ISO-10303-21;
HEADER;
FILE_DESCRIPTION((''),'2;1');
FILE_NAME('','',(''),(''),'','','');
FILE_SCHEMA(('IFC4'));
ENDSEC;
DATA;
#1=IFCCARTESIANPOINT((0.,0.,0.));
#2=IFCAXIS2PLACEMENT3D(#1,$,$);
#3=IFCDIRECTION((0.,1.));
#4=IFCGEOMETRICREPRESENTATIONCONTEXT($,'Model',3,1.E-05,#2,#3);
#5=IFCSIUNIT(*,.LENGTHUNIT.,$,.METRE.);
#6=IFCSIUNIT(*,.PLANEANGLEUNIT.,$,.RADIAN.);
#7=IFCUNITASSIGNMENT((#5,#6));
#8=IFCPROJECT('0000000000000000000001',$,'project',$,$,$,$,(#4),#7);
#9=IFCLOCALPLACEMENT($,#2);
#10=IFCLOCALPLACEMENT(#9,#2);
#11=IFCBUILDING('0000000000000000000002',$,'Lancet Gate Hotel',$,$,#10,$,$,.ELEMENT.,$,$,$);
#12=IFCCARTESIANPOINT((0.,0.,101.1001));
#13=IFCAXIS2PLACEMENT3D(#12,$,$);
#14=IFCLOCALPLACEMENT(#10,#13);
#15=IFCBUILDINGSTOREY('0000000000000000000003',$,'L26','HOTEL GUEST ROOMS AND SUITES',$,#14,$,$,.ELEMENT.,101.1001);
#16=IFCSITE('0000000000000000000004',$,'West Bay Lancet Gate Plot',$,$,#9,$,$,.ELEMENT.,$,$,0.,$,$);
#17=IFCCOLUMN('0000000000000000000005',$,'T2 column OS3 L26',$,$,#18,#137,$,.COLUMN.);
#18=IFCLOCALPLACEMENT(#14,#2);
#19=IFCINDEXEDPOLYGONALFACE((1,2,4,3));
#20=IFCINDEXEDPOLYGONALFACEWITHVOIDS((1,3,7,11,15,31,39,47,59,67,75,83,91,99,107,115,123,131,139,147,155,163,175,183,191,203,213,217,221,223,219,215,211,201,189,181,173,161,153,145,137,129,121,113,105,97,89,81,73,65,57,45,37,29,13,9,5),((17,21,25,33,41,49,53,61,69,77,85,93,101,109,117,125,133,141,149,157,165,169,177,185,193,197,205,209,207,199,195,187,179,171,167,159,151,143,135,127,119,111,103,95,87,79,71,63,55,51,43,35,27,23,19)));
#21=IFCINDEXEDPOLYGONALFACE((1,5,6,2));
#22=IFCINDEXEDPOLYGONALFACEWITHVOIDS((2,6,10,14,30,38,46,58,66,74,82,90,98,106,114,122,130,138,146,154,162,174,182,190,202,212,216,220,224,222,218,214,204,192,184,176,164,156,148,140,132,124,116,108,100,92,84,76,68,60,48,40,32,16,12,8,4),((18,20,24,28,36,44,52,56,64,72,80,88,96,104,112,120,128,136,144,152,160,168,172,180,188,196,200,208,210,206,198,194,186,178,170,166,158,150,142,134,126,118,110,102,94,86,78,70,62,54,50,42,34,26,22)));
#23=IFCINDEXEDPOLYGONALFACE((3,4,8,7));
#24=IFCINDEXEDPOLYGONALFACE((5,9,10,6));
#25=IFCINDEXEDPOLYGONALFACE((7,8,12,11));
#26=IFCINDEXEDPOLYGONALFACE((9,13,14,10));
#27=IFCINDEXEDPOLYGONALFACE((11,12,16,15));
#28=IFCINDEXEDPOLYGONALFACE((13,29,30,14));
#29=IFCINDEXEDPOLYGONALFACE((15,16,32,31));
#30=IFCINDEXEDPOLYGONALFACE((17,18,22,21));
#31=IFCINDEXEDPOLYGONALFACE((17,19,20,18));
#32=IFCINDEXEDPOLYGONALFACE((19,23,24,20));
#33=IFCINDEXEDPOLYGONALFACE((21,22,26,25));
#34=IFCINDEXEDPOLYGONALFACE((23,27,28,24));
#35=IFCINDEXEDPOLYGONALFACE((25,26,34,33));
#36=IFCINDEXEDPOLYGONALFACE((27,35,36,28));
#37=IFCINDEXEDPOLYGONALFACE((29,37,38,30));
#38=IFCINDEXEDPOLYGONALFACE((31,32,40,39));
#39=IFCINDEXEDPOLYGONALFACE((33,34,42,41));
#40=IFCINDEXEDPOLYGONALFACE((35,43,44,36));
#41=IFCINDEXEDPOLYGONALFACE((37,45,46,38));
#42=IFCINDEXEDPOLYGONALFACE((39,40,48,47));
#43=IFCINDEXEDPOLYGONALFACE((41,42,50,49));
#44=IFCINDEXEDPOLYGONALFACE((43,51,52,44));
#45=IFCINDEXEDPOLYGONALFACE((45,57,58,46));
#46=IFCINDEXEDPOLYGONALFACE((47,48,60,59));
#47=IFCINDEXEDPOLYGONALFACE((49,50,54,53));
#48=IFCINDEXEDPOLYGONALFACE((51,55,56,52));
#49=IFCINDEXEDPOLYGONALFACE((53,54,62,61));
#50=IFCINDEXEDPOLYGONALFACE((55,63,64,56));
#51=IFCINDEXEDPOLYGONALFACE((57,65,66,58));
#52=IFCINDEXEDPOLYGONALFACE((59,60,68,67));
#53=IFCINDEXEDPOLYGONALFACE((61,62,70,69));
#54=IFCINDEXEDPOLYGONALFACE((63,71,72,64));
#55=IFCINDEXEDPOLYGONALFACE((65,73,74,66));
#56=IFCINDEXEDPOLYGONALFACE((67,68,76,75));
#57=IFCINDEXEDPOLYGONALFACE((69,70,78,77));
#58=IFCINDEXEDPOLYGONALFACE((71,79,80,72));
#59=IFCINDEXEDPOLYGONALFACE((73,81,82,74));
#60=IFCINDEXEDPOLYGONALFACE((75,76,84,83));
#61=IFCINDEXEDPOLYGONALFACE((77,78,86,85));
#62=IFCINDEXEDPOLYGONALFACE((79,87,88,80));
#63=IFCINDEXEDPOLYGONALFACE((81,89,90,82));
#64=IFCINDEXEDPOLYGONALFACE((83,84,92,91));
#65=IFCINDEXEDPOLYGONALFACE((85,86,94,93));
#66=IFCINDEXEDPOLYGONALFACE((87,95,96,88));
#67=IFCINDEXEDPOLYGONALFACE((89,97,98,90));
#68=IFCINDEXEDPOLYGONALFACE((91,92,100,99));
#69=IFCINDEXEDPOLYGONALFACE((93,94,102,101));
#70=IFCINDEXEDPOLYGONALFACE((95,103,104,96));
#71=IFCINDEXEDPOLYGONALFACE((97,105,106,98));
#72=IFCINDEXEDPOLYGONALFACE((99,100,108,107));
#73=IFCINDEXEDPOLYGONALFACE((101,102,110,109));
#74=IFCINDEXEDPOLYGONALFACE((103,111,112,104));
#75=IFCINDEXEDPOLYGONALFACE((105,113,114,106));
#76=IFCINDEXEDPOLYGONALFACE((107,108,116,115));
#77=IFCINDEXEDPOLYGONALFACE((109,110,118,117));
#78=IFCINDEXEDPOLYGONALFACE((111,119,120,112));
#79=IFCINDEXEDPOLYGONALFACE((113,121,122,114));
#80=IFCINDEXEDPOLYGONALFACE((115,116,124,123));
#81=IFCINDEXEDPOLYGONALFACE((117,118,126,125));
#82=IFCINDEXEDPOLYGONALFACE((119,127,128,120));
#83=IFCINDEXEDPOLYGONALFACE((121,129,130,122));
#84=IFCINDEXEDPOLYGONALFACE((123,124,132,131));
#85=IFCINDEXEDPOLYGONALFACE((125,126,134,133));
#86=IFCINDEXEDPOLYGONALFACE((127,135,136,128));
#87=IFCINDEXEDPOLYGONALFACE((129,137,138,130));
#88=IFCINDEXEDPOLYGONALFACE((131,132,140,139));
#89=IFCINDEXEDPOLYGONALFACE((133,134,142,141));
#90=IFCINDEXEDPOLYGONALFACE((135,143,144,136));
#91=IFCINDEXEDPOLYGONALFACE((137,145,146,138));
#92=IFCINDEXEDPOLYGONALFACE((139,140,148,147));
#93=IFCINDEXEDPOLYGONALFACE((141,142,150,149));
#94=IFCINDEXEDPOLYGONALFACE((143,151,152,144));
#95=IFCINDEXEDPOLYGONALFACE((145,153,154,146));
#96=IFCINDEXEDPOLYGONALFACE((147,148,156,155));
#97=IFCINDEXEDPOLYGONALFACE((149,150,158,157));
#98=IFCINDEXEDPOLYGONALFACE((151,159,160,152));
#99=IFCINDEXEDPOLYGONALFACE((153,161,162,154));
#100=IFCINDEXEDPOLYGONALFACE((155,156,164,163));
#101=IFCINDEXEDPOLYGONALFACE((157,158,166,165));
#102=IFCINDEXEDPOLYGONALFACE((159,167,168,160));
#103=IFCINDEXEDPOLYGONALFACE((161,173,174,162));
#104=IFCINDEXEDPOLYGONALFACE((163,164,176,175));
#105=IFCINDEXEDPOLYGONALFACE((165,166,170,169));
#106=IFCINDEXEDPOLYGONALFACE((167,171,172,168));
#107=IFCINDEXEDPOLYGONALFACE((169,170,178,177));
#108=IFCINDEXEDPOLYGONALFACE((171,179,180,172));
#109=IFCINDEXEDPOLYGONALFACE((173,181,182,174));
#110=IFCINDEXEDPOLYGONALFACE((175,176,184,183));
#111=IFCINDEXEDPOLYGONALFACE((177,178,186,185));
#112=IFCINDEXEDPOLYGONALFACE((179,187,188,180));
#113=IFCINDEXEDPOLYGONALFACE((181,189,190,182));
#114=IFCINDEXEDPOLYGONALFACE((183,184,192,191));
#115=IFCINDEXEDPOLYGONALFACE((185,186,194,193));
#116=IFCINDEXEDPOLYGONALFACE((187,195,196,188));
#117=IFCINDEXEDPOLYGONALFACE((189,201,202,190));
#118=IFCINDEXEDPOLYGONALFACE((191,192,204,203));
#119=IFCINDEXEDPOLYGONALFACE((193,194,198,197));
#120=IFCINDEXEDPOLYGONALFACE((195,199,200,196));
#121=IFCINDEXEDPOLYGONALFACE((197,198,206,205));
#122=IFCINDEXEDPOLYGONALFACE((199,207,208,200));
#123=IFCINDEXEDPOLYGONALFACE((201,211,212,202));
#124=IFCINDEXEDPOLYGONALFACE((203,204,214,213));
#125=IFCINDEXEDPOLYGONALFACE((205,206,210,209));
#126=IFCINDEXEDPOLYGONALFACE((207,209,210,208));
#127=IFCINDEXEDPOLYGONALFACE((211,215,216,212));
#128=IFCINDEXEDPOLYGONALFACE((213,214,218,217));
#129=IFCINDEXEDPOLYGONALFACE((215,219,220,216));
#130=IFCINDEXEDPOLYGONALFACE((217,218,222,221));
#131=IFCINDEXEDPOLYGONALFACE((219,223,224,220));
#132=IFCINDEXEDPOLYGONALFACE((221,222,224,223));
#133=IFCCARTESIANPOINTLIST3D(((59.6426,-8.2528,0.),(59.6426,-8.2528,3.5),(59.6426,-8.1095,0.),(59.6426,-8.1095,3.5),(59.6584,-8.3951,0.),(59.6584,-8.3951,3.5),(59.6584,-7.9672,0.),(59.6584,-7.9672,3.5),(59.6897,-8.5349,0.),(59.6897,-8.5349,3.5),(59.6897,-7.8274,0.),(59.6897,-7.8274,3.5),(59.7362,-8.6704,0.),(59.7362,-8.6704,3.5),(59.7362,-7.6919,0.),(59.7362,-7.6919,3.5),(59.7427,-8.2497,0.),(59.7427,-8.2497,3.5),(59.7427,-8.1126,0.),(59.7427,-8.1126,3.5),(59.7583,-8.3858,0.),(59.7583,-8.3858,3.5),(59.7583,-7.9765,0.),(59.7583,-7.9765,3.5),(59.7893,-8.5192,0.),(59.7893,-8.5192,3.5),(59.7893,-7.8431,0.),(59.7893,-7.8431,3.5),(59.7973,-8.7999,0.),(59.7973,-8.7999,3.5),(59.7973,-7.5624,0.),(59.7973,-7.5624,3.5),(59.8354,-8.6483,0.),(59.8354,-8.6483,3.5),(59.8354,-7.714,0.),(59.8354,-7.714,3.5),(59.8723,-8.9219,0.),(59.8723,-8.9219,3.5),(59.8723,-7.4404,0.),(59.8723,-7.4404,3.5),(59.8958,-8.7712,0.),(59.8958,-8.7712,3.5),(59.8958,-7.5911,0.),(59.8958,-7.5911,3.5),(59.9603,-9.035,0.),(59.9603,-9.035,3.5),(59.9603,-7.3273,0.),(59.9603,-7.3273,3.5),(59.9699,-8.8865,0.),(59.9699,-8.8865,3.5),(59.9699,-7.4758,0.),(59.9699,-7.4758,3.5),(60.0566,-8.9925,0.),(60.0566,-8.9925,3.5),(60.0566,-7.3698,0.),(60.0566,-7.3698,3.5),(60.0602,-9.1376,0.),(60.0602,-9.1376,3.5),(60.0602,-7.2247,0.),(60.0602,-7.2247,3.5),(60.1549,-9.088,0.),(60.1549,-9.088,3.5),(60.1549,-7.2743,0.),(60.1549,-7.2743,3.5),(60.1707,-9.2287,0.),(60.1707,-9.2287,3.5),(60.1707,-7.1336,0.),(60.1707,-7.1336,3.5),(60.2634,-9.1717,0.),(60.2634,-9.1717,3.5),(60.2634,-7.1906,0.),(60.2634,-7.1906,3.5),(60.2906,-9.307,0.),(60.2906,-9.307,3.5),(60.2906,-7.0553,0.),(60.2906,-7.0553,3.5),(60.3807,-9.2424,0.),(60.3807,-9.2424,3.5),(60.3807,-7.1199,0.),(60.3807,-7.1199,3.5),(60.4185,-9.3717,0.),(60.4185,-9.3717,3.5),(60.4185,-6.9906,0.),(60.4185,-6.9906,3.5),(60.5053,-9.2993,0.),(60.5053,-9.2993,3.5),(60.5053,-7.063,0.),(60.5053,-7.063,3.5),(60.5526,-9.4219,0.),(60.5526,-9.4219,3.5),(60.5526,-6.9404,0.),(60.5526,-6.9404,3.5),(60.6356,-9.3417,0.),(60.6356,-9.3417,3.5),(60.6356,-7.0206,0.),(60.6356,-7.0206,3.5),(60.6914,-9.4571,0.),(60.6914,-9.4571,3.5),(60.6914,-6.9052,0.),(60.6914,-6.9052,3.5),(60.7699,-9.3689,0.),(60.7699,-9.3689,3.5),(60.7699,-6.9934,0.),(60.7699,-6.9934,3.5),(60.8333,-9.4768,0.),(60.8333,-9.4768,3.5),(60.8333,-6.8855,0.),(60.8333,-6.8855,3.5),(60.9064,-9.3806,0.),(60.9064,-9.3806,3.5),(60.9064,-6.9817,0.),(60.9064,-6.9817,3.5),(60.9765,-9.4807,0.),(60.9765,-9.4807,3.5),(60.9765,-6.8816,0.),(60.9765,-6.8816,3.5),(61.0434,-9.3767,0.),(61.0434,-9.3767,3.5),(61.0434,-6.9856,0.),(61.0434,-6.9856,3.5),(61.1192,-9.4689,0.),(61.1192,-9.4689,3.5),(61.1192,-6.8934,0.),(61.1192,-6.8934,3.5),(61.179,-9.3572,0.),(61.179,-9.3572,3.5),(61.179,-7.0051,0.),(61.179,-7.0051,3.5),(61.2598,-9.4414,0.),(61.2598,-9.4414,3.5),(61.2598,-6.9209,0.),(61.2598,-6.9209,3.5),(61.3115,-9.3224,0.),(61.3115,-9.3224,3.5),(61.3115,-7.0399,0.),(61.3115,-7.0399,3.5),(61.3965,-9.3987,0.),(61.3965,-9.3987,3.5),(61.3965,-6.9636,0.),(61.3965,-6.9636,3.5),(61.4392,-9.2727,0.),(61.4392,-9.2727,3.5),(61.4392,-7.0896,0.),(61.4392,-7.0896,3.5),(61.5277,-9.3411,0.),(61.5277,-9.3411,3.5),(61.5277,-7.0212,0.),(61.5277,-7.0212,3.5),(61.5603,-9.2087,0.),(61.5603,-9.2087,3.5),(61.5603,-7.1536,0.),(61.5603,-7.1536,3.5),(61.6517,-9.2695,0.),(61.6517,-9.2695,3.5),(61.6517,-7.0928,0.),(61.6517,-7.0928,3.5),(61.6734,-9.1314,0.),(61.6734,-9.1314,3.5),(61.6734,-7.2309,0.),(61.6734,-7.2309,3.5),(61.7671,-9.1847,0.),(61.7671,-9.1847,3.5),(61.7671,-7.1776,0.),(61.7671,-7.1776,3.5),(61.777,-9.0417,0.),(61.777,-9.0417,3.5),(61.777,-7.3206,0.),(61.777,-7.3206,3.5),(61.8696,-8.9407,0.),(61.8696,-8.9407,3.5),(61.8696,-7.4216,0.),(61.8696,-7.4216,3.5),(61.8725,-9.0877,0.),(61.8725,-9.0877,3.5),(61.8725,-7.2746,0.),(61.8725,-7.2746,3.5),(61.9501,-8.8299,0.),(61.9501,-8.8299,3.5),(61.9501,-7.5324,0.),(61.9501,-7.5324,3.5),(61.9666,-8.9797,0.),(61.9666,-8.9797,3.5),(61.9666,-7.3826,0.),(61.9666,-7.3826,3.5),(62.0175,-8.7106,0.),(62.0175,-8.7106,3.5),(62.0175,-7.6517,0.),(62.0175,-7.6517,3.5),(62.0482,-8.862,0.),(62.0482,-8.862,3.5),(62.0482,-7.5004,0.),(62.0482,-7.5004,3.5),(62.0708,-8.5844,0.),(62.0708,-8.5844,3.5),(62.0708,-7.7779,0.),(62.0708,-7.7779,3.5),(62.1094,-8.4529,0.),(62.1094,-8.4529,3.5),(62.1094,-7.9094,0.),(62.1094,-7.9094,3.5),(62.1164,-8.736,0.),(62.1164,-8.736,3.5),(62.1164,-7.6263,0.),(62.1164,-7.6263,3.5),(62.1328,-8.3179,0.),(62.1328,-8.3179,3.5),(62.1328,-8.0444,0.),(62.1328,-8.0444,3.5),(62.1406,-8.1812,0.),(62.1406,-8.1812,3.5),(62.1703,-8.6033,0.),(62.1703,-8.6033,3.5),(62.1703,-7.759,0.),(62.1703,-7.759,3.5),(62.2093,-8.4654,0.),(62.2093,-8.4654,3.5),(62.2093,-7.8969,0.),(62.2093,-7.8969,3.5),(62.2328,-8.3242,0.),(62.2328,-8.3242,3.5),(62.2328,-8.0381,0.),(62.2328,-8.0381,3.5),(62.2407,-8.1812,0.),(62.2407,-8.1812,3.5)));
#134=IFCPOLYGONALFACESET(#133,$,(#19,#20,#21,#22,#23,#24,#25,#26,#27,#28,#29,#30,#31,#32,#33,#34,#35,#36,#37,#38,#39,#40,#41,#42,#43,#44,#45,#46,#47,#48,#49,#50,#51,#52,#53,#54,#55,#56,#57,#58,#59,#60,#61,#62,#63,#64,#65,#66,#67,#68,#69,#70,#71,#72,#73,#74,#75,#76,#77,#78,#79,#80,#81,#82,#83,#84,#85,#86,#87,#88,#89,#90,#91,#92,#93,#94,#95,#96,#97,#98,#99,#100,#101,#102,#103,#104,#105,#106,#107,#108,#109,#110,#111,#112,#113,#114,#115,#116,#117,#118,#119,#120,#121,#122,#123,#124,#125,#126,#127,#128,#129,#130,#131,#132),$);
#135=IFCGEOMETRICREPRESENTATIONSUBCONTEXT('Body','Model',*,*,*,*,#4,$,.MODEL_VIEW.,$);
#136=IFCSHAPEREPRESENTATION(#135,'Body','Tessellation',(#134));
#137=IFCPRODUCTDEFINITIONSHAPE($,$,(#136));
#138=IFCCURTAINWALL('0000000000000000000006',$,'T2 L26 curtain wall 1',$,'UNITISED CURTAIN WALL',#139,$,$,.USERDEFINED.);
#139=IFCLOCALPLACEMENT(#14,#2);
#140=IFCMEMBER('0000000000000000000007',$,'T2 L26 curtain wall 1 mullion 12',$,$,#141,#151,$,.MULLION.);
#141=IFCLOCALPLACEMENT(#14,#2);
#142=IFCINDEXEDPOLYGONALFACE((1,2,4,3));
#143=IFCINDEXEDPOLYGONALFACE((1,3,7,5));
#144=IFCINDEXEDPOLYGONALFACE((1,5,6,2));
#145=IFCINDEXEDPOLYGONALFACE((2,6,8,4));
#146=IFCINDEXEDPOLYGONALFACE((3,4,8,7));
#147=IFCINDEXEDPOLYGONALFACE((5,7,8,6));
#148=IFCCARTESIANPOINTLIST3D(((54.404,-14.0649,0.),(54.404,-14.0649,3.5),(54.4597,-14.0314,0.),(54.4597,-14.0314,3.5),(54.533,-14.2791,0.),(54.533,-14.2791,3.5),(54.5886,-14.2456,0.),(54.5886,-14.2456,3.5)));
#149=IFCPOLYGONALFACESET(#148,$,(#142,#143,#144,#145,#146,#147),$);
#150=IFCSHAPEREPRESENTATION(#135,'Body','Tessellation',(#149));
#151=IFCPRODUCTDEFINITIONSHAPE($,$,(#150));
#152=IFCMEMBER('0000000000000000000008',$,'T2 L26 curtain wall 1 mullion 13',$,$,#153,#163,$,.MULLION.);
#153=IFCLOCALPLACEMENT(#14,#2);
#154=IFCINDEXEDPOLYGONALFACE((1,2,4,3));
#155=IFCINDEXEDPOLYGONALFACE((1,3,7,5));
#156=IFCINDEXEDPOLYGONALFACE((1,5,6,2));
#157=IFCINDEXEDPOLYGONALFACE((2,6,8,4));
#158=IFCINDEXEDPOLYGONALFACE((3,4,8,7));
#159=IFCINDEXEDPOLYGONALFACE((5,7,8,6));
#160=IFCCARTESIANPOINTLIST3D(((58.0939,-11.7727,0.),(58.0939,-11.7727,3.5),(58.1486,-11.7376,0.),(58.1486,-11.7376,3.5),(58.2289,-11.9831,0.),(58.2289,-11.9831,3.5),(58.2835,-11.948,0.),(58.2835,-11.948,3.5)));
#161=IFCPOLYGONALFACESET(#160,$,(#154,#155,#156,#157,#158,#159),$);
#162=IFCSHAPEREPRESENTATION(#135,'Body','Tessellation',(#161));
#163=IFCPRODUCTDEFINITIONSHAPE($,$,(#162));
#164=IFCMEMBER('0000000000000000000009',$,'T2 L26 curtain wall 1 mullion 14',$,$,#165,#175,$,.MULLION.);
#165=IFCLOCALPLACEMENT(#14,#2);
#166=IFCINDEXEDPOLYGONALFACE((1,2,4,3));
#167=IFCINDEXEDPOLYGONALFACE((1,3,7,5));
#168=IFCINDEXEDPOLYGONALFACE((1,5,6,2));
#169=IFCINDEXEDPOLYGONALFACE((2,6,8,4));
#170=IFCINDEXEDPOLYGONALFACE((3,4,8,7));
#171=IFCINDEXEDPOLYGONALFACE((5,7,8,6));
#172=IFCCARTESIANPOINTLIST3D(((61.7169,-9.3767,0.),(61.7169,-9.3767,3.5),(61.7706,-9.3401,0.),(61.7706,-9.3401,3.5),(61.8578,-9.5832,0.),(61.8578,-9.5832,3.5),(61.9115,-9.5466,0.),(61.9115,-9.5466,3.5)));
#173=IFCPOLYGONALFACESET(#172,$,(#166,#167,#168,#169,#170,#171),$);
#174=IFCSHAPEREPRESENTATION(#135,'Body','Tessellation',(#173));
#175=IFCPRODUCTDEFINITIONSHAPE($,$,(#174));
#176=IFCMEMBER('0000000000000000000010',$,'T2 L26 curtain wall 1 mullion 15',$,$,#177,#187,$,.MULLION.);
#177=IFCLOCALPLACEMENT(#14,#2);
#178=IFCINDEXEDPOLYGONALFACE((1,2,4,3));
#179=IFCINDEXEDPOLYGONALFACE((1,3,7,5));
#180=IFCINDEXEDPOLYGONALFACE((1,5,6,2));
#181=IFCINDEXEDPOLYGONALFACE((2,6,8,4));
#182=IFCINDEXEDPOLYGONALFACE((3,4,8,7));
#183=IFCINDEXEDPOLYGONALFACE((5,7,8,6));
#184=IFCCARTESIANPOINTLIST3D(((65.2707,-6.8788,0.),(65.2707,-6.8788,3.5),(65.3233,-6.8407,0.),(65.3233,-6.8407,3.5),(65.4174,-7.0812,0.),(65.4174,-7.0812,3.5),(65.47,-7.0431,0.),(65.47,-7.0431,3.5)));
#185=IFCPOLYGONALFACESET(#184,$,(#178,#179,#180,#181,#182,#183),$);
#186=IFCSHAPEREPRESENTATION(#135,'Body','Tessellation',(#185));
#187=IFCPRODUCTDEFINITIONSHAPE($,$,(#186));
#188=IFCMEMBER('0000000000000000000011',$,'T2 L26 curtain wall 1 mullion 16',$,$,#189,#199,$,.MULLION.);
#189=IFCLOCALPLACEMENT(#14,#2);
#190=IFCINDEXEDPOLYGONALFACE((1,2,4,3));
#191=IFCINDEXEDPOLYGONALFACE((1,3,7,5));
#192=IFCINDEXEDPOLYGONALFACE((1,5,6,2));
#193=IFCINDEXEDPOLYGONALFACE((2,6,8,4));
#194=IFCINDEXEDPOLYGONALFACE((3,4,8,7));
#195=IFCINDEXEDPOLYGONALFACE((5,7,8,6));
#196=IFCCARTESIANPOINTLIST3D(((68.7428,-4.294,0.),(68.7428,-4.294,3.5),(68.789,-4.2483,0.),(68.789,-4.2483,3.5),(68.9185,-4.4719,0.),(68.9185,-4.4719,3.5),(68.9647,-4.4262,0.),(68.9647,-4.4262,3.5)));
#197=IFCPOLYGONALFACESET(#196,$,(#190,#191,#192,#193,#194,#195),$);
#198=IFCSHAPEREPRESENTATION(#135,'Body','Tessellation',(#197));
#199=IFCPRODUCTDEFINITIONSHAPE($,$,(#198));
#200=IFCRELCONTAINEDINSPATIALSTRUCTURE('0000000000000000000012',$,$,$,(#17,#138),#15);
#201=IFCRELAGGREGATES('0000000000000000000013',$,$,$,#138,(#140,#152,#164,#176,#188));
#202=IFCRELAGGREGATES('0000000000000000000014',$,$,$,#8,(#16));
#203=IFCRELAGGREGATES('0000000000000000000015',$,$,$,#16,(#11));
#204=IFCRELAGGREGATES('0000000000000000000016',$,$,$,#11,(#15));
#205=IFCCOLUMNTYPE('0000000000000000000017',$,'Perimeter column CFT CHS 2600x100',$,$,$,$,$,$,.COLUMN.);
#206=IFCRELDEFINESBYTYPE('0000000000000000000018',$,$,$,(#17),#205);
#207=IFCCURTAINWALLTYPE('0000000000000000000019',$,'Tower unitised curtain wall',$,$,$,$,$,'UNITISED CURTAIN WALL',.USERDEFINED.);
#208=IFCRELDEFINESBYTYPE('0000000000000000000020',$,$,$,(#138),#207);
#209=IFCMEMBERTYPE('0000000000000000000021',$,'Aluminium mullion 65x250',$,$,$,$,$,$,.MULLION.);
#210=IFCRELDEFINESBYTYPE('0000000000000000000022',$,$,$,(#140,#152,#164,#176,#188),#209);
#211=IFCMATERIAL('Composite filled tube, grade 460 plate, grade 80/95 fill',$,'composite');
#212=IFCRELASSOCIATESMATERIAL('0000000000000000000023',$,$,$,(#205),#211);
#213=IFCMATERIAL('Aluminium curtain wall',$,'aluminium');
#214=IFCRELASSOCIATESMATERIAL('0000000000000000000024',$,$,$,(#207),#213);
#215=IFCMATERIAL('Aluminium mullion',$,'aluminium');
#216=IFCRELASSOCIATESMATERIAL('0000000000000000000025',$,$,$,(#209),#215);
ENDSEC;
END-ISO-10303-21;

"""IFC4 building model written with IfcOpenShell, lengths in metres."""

from ifc_helpers import new_model, si_unit, direction, frame, origin, origin_2d, place, context, subcontext, project, spatial, rectangle, hollow_circle, extrude, material, material_profile, profile_set, type_object, element, aggregate, save


model = new_model("IFC4")

# Units and contexts
model_context = context("Model", 3, precision=1e-05, world=origin(), true_north=direction((0.0, 1.0)))
body_context = subcontext(model_context, "Body", "Model", "MODEL_VIEW")
ifc_project = project(units=[si_unit("LENGTHUNIT", "METRE"), si_unit("PLANEANGLEUNIT", "RADIAN")], contexts=[model_context])

# Site, building, storey
site_placement = place(None, origin())
site = spatial("IfcSite", under=ifc_project, at=site_placement, Name="West Bay Lancet Gate Plot", CompositionType="ELEMENT", RefElevation=0.0)
building_placement = place(site_placement, origin())
building = spatial("IfcBuilding", under=site, at=building_placement, Name="Lancet Gate Hotel", CompositionType="ELEMENT")
storey_placement = place(building_placement, frame((0.0, 0.0, 101.1001)))
storey = spatial("IfcBuildingStorey", under=building, at=storey_placement, Name="L26", Description="HOTEL GUEST ROOMS AND SUITES", CompositionType="ELEMENT", Elevation=101.1001)

# Column
ifc_material_1 = material(Name="Composite filled tube, grade 460 plate, grade 80/95 fill", Category="composite")
ifc_material_profile_1 = material_profile(ifc_material_1, hollow_circle(Radius=1.3, WallThickness=0.1001, at=origin_2d()), Name="CHS 2600x100")
ifc_profile_set_1 = profile_set([ifc_material_profile_1], Name="Composite filled tube, grade 460 plate, grade 80/95 fill")
column_type = type_object("IfcColumnType", Name="Perimeter column CFT CHS 2600x100", PredefinedType="COLUMN", material=ifc_profile_set_1)
column_placement = place(storey_placement, frame((60.9407, -8.1812, 0.0), z_axis=(0.0, 0.0, 1.0), x_axis=(1.0, 0.0, 0.0)))
element("IfcColumn", 1, at=column_placement, inside=storey, type_object=column_type, Name="T2 column OS3 L26", PredefinedType="COLUMN", context=body_context, shape_type="SweptSolid", body=[
    extrude(hollow_circle(Radius=1.3, WallThickness=0.1001, at=origin_2d()), origin(), (0.0, 0.0, 1.0), 3.5),
])

# Curtain wall, members
ifc_material_2 = material(Name="Aluminium curtain wall", Category="aluminium")
curtain_wall_type = type_object("IfcCurtainWallType", Name="Tower unitised curtain wall", ElementType="UNITISED CURTAIN WALL", PredefinedType="USERDEFINED", material=ifc_material_2)
curtain_wall_placement = place(storey_placement, origin())
curtain_wall = element("IfcCurtainWall", 2, at=curtain_wall_placement, inside=storey, type_object=curtain_wall_type, Name="T2 L26 curtain wall 1", ObjectType="UNITISED CURTAIN WALL", PredefinedType="USERDEFINED")
ifc_material_3 = material(Name="Aluminium mullion", Category="aluminium")
ifc_material_profile_2 = material_profile(ifc_material_3, rectangle(XDim=0.0649, YDim=0.25, at=origin_2d()), Name="MULLION 65x250")
ifc_profile_set_2 = profile_set([ifc_material_profile_2], Name="Aluminium mullion")
member_type_1 = type_object("IfcMemberType", Name="Aluminium mullion 65x250", PredefinedType="MULLION", material=ifc_profile_set_2)
member_1_placement = place(storey_placement, frame((54.4963, -14.1553, 0.0), z_axis=(0.0, 0.0, 1.0), x_axis=(0.856728, 0.515768, 0.0)))
member_1 = element("IfcMember", 3, at=member_1_placement, type_object=member_type_1, Name="T2 L26 curtain wall 1 mullion 12", PredefinedType="MULLION", context=body_context, shape_type="SweptSolid", body=[
    extrude(rectangle(XDim=0.0649, YDim=0.25, at=origin_2d()), origin(), (0.0, 0.0, 1.0), 3.5),
])
member_2_placement = place(storey_placement, frame((58.1887, -11.8604, 0.0), z_axis=(0.0, 0.0, 1.0), x_axis=(0.841736, 0.539889, 0.0)))
member_2 = element("IfcMember", 4, at=member_2_placement, type_object=member_type_1, Name="T2 L26 curtain wall 1 mullion 13", PredefinedType="MULLION", context=body_context, shape_type="SweptSolid", body=[
    extrude(rectangle(XDim=0.0649, YDim=0.25, at=origin_2d()), origin(), (0.0, 0.0, 1.0), 3.5),
])
member_3_placement = place(storey_placement, frame((61.8142, -9.4617, 0.0), z_axis=(0.0, 0.0, 1.0), x_axis=(0.826066, 0.563574, 0.0)))
member_3 = element("IfcMember", 5, at=member_3_placement, type_object=member_type_1, Name="T2 L26 curtain wall 1 mullion 14", PredefinedType="MULLION", context=body_context, shape_type="SweptSolid", body=[
    extrude(rectangle(XDim=0.0649, YDim=0.25, at=origin_2d()), origin(), (0.0, 0.0, 1.0), 3.5),
])
member_4_placement = place(storey_placement, frame((65.3704, -6.9609, 0.0), z_axis=(0.0, 0.0, 1.0), x_axis=(0.809729, 0.586805, 0.0)))
member_4 = element("IfcMember", 6, at=member_4_placement, type_object=member_type_1, Name="T2 L26 curtain wall 1 mullion 15", PredefinedType="MULLION", context=body_context, shape_type="SweptSolid", body=[
    extrude(rectangle(XDim=0.0649, YDim=0.25, at=origin_2d()), origin(), (0.0, 0.0, 1.0), 3.5),
])
member_5_placement = place(storey_placement, frame((68.8538, -4.3601, 0.0), z_axis=(0.0, 0.0, 1.0), x_axis=(0.71161, 0.702574, 0.0)))
member_5 = element("IfcMember", 7, at=member_5_placement, type_object=member_type_1, Name="T2 L26 curtain wall 1 mullion 16", PredefinedType="MULLION", context=body_context, shape_type="SweptSolid", body=[
    extrude(rectangle(XDim=0.0649, YDim=0.25, at=origin_2d()), origin(), (0.0, 0.0, 1.0), 3.5),
])

aggregate(curtain_wall, [member_1, member_2, member_3, member_4, member_5])

save(model, "model.ifc")
